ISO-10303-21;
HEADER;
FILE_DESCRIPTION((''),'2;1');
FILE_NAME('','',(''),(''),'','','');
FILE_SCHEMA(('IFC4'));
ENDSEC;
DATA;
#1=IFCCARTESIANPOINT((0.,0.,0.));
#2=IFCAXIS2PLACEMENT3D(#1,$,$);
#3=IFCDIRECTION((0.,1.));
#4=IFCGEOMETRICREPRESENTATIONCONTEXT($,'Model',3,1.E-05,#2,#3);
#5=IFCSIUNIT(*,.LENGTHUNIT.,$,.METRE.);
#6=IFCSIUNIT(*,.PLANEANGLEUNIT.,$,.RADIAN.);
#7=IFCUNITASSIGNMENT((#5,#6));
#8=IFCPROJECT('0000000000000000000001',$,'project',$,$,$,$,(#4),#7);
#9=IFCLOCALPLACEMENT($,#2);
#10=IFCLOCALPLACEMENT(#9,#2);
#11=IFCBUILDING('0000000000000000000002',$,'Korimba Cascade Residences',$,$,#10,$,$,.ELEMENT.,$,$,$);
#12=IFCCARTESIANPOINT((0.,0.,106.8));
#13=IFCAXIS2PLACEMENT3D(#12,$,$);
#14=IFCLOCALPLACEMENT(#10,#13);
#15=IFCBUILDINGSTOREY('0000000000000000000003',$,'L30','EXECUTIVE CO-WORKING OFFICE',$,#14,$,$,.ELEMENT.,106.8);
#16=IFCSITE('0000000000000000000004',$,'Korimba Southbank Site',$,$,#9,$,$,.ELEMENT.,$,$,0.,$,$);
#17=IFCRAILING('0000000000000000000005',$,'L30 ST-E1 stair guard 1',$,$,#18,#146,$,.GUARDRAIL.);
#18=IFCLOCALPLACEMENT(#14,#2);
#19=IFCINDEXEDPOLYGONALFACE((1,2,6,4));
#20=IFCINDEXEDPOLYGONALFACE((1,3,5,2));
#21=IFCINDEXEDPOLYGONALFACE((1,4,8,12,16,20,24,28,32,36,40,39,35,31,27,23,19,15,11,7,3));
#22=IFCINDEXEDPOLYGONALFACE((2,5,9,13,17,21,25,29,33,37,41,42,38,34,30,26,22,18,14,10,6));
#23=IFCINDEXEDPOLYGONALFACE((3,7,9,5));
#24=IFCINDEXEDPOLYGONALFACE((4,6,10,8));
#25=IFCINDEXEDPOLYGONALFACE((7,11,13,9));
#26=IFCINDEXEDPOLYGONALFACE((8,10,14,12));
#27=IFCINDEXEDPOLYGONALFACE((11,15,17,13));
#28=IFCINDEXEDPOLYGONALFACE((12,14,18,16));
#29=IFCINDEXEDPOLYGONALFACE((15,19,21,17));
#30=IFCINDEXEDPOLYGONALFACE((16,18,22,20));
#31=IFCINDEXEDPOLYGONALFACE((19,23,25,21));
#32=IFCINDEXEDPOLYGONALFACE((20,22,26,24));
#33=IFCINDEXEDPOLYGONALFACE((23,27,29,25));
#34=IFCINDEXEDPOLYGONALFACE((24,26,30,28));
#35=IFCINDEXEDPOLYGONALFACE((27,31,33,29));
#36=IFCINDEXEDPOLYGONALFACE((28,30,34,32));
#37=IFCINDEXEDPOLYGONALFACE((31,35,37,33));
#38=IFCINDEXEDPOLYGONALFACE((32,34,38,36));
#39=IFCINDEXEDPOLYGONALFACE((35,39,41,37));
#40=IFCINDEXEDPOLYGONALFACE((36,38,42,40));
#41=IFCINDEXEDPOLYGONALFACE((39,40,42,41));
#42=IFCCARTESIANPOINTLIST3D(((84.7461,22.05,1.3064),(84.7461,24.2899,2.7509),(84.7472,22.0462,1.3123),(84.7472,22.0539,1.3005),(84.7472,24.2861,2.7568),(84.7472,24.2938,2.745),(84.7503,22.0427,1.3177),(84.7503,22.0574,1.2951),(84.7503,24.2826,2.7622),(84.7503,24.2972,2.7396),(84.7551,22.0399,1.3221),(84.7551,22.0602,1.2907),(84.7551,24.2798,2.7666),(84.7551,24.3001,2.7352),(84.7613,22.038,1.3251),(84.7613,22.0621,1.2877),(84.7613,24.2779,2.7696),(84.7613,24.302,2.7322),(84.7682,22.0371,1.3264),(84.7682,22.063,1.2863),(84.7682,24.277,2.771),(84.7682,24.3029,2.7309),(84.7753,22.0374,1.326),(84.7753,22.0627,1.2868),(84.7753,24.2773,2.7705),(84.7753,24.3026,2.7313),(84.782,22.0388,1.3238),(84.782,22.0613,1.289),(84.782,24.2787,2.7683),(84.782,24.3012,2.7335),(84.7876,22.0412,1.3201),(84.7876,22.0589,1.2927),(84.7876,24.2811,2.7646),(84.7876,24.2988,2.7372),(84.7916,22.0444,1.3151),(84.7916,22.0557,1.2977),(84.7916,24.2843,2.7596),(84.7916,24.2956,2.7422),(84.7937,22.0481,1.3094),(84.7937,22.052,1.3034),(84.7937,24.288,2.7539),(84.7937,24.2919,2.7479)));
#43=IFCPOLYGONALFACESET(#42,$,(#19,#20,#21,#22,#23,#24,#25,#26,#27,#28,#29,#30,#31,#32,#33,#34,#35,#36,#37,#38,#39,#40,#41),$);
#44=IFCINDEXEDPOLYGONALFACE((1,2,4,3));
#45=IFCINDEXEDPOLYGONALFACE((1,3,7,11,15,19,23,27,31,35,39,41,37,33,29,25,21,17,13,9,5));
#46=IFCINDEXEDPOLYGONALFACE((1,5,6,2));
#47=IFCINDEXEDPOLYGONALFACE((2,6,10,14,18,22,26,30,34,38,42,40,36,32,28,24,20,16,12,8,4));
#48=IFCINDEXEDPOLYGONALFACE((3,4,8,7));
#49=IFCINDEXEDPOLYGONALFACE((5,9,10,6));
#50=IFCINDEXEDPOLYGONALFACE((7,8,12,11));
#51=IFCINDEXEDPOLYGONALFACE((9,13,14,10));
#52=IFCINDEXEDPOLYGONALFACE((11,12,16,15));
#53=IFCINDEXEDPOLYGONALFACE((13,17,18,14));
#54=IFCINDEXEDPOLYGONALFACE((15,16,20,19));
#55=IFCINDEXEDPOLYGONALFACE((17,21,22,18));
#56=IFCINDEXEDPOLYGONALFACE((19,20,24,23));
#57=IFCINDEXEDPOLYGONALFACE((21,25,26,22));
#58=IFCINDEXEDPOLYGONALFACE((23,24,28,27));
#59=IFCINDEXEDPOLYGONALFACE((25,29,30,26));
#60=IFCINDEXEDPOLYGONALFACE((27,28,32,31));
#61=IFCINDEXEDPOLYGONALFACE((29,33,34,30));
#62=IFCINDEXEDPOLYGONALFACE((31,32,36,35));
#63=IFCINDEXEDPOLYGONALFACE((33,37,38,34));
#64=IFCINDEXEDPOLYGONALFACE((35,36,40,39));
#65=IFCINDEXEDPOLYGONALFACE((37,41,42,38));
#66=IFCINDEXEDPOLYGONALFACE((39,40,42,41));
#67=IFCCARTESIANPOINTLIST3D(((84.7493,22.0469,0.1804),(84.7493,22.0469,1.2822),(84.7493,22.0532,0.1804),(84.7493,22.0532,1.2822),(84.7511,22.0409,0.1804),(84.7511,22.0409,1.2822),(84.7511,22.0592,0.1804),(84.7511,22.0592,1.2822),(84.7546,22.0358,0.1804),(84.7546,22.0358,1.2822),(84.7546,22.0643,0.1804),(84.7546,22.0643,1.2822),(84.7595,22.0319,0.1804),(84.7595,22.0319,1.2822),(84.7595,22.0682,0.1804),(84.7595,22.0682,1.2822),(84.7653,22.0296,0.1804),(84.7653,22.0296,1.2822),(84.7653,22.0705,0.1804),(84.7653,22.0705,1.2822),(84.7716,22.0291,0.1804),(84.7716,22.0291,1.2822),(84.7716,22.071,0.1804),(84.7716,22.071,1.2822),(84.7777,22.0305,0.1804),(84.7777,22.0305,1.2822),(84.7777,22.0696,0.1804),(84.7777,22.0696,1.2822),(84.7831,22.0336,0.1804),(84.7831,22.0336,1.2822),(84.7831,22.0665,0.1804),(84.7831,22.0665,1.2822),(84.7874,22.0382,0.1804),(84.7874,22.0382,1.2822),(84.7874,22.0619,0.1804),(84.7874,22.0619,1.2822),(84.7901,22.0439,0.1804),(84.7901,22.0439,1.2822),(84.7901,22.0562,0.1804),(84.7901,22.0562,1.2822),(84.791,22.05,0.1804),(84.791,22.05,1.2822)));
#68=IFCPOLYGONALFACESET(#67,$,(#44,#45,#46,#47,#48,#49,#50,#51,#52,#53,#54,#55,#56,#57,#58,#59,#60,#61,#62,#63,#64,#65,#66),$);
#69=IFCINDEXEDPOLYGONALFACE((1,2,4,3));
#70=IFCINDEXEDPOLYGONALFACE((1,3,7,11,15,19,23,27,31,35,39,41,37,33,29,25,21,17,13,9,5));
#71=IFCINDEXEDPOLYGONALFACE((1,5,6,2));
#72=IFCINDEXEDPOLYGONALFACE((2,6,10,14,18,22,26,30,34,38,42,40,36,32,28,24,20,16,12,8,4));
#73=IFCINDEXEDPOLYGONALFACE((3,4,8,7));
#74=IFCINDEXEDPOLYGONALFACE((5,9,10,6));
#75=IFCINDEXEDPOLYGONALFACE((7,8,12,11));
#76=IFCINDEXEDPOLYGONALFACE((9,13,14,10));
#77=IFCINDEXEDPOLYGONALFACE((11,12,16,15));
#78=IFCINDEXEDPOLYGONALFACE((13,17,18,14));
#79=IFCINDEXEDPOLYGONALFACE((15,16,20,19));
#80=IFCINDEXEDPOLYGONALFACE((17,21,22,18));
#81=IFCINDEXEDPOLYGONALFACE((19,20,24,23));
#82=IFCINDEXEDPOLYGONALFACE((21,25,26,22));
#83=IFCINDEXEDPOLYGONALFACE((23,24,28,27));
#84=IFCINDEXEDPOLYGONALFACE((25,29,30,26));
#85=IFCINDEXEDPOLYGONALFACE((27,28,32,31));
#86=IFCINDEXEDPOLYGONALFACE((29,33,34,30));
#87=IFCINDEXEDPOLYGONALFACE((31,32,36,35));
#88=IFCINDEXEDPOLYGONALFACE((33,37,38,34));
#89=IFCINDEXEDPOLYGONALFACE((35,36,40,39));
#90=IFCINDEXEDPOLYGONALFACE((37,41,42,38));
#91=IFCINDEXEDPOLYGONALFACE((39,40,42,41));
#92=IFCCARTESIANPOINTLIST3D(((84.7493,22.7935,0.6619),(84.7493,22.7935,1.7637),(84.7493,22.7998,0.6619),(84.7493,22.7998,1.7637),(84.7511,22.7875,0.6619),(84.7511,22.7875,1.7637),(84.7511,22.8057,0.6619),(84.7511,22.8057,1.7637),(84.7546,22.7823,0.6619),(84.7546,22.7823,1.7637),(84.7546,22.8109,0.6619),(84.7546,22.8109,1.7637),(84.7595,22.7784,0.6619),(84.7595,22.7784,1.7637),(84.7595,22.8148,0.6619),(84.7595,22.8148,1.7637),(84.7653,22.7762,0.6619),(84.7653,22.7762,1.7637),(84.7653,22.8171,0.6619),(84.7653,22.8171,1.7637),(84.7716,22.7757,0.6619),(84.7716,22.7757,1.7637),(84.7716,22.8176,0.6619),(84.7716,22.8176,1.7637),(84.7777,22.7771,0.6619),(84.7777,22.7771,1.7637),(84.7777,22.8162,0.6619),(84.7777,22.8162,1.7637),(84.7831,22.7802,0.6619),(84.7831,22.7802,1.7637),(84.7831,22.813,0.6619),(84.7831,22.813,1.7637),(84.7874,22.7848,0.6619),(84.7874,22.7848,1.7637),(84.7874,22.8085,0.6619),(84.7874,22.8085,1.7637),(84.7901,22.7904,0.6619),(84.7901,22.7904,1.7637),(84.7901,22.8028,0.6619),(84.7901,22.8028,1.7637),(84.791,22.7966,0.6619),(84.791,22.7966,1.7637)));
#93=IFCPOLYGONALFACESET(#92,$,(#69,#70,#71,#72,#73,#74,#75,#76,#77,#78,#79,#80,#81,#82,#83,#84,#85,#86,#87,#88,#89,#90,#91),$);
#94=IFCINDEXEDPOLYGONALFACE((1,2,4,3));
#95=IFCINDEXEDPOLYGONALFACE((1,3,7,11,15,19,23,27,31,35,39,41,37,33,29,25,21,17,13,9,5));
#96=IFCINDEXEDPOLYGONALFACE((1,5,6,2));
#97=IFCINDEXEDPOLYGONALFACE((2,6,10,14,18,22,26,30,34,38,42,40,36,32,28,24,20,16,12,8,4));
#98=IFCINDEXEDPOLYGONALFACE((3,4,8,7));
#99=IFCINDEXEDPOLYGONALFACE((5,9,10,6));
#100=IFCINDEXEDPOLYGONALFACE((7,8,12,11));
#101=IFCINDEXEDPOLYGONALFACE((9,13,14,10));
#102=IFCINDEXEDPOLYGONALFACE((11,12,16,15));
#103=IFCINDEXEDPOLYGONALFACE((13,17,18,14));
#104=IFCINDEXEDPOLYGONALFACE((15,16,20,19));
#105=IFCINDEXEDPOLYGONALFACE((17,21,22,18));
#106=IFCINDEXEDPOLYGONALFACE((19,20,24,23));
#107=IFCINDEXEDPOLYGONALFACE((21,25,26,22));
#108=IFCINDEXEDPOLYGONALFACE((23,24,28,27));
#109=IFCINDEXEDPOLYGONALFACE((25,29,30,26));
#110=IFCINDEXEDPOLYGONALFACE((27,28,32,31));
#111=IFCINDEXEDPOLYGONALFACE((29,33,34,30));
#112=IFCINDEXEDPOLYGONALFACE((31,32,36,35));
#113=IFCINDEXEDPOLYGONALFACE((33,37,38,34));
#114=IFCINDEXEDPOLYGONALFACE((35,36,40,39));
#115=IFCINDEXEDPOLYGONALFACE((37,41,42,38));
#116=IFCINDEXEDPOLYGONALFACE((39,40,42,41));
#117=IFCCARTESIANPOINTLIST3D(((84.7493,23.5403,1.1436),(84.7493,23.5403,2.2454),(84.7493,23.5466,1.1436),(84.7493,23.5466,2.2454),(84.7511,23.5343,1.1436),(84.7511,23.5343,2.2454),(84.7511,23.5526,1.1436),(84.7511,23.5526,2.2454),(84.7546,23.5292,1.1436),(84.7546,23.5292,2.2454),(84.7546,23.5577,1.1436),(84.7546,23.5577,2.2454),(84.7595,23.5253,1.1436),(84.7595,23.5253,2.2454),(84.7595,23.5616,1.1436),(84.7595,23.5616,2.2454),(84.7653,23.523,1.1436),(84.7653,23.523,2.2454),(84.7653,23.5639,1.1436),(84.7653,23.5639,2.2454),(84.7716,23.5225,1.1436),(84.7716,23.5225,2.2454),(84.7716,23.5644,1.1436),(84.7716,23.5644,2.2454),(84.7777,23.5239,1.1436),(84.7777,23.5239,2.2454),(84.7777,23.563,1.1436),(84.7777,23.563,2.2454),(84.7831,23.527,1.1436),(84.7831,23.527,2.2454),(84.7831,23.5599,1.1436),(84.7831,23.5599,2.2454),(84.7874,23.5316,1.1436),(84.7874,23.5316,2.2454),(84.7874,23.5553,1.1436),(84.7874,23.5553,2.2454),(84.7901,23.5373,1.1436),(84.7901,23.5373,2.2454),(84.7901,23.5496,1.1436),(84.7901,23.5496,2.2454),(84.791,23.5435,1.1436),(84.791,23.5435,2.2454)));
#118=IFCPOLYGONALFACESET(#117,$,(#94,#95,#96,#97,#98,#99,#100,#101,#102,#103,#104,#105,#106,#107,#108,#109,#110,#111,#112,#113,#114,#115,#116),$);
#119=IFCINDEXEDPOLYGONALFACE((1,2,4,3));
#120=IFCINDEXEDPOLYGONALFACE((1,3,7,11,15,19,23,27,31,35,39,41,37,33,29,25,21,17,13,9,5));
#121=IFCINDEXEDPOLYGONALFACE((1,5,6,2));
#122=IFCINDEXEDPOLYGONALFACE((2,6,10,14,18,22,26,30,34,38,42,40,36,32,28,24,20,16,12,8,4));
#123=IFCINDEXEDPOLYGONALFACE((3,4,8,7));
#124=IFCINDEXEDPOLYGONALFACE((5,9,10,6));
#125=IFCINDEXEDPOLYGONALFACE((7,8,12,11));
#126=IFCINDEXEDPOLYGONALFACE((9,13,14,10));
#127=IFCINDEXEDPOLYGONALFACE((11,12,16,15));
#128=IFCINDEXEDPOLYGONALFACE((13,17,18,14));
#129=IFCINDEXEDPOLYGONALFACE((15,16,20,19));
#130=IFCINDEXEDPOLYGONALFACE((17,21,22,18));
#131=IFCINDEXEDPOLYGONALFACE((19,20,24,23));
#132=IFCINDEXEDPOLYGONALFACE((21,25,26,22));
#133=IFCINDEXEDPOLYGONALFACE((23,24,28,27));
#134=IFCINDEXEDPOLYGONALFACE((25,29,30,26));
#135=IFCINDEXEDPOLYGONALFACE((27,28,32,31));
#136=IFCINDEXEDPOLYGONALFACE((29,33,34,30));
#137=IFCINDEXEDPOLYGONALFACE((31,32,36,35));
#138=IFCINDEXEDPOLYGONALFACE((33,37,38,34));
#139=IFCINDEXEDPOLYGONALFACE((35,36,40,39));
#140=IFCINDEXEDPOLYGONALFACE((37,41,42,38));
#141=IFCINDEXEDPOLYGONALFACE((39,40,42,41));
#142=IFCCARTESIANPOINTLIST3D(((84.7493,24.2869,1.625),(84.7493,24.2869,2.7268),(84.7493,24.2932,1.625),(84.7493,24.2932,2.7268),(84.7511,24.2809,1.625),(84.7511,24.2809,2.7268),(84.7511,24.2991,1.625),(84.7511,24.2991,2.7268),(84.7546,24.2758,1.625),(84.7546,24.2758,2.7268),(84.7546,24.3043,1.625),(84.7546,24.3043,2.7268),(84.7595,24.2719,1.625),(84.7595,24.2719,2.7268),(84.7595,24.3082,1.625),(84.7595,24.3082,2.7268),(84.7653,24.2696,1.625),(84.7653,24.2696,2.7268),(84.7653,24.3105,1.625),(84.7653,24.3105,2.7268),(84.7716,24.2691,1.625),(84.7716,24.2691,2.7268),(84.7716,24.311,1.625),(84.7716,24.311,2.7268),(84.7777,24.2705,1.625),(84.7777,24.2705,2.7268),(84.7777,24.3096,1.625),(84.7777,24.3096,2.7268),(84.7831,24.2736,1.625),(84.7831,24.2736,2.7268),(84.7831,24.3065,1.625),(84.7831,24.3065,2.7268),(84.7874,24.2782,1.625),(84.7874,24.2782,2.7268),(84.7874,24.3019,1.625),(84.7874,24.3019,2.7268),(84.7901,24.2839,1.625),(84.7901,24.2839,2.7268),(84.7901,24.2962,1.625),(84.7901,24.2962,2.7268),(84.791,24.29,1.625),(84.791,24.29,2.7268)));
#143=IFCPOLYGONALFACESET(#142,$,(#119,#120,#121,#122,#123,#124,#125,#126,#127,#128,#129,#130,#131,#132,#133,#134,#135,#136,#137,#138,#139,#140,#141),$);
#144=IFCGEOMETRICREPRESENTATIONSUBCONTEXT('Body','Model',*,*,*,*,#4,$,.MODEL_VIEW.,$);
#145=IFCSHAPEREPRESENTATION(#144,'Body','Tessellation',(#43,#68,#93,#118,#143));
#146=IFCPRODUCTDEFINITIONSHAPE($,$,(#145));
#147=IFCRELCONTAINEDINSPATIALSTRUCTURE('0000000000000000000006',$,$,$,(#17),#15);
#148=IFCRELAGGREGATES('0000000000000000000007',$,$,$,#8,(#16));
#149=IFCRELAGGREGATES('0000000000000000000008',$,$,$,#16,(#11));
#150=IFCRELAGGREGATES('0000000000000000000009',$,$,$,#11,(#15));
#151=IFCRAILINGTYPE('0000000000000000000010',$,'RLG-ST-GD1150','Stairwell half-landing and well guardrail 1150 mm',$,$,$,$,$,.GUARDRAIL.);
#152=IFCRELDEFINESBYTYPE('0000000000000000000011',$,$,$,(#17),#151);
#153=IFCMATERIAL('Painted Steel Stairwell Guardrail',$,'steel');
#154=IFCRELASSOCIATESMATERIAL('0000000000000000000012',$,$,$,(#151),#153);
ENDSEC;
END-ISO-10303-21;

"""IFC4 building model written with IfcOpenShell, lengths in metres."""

from ifc_helpers import new_model, si_unit, direction, frame, origin, origin_2d, place, context, subcontext, project, spatial, circle, extrude, material, type_object, element, save


model = new_model("IFC4")

# Units and contexts
model_context = context("Model", 3, precision=1e-05, world=origin(), true_north=direction((0.0, 1.0)))
body_context = subcontext(model_context, "Body", "Model", "MODEL_VIEW")
ifc_project = project(units=[si_unit("LENGTHUNIT", "METRE"), si_unit("PLANEANGLEUNIT", "RADIAN")], contexts=[model_context])

# Site, building, storey
site_placement = place(None, origin())
site = spatial("IfcSite", under=ifc_project, at=site_placement, Name="Korimba Southbank Site", CompositionType="ELEMENT", RefElevation=0.0)
building_placement = place(site_placement, origin())
building = spatial("IfcBuilding", under=site, at=building_placement, Name="Korimba Cascade Residences", CompositionType="ELEMENT")
storey_placement = place(building_placement, frame((0.0, 0.0, 106.8)))
storey = spatial("IfcBuildingStorey", under=building, at=storey_placement, Name="L30", Description="EXECUTIVE CO-WORKING OFFICE", CompositionType="ELEMENT", Elevation=106.8)

# Railing
ifc_material_1 = material(Name="Painted Steel Stairwell Guardrail", Category="steel")
railing_type_1 = type_object("IfcRailingType", Name="RLG-ST-GD1150", Description="Stairwell half-landing and well guardrail 1150 mm", PredefinedType="GUARDRAIL", material=ifc_material_1)
railing_1_placement = place(storey_placement, frame((84.77, 22.05, 0.1804)))
element("IfcRailing", 1, at=railing_1_placement, inside=storey, type_object=railing_type_1, Name="L30 ST-E1 stair guard 1", PredefinedType="GUARDRAIL", context=body_context, shape_type="SweptSolid", body=[
    extrude(circle(Radius=0.0239, at=origin_2d()), frame((0.0, 0.0, 1.126), z_axis=(0.0, 0.840395, 0.541975), x_axis=(-1.0, 0.0, 0.0)), (0.0, 0.0, 1.0), 2.6653),
    extrude(circle(Radius=0.021, at=origin_2d()), origin(), (0.0, 0.0, 1.0), 1.1018),
    extrude(circle(Radius=0.021, at=origin_2d()), frame((0.0, 0.7466, 0.4814)), (0.0, 0.0, 1.0), 1.1018),
    extrude(circle(Radius=0.021, at=origin_2d()), frame((0.0, 1.4934, 0.9631)), (0.0, 0.0, 1.0), 1.1018),
    extrude(circle(Radius=0.021, at=origin_2d()), frame((0.0, 2.24, 1.4446)), (0.0, 0.0, 1.0), 1.1018),
])

save(model, "model.ifc")
